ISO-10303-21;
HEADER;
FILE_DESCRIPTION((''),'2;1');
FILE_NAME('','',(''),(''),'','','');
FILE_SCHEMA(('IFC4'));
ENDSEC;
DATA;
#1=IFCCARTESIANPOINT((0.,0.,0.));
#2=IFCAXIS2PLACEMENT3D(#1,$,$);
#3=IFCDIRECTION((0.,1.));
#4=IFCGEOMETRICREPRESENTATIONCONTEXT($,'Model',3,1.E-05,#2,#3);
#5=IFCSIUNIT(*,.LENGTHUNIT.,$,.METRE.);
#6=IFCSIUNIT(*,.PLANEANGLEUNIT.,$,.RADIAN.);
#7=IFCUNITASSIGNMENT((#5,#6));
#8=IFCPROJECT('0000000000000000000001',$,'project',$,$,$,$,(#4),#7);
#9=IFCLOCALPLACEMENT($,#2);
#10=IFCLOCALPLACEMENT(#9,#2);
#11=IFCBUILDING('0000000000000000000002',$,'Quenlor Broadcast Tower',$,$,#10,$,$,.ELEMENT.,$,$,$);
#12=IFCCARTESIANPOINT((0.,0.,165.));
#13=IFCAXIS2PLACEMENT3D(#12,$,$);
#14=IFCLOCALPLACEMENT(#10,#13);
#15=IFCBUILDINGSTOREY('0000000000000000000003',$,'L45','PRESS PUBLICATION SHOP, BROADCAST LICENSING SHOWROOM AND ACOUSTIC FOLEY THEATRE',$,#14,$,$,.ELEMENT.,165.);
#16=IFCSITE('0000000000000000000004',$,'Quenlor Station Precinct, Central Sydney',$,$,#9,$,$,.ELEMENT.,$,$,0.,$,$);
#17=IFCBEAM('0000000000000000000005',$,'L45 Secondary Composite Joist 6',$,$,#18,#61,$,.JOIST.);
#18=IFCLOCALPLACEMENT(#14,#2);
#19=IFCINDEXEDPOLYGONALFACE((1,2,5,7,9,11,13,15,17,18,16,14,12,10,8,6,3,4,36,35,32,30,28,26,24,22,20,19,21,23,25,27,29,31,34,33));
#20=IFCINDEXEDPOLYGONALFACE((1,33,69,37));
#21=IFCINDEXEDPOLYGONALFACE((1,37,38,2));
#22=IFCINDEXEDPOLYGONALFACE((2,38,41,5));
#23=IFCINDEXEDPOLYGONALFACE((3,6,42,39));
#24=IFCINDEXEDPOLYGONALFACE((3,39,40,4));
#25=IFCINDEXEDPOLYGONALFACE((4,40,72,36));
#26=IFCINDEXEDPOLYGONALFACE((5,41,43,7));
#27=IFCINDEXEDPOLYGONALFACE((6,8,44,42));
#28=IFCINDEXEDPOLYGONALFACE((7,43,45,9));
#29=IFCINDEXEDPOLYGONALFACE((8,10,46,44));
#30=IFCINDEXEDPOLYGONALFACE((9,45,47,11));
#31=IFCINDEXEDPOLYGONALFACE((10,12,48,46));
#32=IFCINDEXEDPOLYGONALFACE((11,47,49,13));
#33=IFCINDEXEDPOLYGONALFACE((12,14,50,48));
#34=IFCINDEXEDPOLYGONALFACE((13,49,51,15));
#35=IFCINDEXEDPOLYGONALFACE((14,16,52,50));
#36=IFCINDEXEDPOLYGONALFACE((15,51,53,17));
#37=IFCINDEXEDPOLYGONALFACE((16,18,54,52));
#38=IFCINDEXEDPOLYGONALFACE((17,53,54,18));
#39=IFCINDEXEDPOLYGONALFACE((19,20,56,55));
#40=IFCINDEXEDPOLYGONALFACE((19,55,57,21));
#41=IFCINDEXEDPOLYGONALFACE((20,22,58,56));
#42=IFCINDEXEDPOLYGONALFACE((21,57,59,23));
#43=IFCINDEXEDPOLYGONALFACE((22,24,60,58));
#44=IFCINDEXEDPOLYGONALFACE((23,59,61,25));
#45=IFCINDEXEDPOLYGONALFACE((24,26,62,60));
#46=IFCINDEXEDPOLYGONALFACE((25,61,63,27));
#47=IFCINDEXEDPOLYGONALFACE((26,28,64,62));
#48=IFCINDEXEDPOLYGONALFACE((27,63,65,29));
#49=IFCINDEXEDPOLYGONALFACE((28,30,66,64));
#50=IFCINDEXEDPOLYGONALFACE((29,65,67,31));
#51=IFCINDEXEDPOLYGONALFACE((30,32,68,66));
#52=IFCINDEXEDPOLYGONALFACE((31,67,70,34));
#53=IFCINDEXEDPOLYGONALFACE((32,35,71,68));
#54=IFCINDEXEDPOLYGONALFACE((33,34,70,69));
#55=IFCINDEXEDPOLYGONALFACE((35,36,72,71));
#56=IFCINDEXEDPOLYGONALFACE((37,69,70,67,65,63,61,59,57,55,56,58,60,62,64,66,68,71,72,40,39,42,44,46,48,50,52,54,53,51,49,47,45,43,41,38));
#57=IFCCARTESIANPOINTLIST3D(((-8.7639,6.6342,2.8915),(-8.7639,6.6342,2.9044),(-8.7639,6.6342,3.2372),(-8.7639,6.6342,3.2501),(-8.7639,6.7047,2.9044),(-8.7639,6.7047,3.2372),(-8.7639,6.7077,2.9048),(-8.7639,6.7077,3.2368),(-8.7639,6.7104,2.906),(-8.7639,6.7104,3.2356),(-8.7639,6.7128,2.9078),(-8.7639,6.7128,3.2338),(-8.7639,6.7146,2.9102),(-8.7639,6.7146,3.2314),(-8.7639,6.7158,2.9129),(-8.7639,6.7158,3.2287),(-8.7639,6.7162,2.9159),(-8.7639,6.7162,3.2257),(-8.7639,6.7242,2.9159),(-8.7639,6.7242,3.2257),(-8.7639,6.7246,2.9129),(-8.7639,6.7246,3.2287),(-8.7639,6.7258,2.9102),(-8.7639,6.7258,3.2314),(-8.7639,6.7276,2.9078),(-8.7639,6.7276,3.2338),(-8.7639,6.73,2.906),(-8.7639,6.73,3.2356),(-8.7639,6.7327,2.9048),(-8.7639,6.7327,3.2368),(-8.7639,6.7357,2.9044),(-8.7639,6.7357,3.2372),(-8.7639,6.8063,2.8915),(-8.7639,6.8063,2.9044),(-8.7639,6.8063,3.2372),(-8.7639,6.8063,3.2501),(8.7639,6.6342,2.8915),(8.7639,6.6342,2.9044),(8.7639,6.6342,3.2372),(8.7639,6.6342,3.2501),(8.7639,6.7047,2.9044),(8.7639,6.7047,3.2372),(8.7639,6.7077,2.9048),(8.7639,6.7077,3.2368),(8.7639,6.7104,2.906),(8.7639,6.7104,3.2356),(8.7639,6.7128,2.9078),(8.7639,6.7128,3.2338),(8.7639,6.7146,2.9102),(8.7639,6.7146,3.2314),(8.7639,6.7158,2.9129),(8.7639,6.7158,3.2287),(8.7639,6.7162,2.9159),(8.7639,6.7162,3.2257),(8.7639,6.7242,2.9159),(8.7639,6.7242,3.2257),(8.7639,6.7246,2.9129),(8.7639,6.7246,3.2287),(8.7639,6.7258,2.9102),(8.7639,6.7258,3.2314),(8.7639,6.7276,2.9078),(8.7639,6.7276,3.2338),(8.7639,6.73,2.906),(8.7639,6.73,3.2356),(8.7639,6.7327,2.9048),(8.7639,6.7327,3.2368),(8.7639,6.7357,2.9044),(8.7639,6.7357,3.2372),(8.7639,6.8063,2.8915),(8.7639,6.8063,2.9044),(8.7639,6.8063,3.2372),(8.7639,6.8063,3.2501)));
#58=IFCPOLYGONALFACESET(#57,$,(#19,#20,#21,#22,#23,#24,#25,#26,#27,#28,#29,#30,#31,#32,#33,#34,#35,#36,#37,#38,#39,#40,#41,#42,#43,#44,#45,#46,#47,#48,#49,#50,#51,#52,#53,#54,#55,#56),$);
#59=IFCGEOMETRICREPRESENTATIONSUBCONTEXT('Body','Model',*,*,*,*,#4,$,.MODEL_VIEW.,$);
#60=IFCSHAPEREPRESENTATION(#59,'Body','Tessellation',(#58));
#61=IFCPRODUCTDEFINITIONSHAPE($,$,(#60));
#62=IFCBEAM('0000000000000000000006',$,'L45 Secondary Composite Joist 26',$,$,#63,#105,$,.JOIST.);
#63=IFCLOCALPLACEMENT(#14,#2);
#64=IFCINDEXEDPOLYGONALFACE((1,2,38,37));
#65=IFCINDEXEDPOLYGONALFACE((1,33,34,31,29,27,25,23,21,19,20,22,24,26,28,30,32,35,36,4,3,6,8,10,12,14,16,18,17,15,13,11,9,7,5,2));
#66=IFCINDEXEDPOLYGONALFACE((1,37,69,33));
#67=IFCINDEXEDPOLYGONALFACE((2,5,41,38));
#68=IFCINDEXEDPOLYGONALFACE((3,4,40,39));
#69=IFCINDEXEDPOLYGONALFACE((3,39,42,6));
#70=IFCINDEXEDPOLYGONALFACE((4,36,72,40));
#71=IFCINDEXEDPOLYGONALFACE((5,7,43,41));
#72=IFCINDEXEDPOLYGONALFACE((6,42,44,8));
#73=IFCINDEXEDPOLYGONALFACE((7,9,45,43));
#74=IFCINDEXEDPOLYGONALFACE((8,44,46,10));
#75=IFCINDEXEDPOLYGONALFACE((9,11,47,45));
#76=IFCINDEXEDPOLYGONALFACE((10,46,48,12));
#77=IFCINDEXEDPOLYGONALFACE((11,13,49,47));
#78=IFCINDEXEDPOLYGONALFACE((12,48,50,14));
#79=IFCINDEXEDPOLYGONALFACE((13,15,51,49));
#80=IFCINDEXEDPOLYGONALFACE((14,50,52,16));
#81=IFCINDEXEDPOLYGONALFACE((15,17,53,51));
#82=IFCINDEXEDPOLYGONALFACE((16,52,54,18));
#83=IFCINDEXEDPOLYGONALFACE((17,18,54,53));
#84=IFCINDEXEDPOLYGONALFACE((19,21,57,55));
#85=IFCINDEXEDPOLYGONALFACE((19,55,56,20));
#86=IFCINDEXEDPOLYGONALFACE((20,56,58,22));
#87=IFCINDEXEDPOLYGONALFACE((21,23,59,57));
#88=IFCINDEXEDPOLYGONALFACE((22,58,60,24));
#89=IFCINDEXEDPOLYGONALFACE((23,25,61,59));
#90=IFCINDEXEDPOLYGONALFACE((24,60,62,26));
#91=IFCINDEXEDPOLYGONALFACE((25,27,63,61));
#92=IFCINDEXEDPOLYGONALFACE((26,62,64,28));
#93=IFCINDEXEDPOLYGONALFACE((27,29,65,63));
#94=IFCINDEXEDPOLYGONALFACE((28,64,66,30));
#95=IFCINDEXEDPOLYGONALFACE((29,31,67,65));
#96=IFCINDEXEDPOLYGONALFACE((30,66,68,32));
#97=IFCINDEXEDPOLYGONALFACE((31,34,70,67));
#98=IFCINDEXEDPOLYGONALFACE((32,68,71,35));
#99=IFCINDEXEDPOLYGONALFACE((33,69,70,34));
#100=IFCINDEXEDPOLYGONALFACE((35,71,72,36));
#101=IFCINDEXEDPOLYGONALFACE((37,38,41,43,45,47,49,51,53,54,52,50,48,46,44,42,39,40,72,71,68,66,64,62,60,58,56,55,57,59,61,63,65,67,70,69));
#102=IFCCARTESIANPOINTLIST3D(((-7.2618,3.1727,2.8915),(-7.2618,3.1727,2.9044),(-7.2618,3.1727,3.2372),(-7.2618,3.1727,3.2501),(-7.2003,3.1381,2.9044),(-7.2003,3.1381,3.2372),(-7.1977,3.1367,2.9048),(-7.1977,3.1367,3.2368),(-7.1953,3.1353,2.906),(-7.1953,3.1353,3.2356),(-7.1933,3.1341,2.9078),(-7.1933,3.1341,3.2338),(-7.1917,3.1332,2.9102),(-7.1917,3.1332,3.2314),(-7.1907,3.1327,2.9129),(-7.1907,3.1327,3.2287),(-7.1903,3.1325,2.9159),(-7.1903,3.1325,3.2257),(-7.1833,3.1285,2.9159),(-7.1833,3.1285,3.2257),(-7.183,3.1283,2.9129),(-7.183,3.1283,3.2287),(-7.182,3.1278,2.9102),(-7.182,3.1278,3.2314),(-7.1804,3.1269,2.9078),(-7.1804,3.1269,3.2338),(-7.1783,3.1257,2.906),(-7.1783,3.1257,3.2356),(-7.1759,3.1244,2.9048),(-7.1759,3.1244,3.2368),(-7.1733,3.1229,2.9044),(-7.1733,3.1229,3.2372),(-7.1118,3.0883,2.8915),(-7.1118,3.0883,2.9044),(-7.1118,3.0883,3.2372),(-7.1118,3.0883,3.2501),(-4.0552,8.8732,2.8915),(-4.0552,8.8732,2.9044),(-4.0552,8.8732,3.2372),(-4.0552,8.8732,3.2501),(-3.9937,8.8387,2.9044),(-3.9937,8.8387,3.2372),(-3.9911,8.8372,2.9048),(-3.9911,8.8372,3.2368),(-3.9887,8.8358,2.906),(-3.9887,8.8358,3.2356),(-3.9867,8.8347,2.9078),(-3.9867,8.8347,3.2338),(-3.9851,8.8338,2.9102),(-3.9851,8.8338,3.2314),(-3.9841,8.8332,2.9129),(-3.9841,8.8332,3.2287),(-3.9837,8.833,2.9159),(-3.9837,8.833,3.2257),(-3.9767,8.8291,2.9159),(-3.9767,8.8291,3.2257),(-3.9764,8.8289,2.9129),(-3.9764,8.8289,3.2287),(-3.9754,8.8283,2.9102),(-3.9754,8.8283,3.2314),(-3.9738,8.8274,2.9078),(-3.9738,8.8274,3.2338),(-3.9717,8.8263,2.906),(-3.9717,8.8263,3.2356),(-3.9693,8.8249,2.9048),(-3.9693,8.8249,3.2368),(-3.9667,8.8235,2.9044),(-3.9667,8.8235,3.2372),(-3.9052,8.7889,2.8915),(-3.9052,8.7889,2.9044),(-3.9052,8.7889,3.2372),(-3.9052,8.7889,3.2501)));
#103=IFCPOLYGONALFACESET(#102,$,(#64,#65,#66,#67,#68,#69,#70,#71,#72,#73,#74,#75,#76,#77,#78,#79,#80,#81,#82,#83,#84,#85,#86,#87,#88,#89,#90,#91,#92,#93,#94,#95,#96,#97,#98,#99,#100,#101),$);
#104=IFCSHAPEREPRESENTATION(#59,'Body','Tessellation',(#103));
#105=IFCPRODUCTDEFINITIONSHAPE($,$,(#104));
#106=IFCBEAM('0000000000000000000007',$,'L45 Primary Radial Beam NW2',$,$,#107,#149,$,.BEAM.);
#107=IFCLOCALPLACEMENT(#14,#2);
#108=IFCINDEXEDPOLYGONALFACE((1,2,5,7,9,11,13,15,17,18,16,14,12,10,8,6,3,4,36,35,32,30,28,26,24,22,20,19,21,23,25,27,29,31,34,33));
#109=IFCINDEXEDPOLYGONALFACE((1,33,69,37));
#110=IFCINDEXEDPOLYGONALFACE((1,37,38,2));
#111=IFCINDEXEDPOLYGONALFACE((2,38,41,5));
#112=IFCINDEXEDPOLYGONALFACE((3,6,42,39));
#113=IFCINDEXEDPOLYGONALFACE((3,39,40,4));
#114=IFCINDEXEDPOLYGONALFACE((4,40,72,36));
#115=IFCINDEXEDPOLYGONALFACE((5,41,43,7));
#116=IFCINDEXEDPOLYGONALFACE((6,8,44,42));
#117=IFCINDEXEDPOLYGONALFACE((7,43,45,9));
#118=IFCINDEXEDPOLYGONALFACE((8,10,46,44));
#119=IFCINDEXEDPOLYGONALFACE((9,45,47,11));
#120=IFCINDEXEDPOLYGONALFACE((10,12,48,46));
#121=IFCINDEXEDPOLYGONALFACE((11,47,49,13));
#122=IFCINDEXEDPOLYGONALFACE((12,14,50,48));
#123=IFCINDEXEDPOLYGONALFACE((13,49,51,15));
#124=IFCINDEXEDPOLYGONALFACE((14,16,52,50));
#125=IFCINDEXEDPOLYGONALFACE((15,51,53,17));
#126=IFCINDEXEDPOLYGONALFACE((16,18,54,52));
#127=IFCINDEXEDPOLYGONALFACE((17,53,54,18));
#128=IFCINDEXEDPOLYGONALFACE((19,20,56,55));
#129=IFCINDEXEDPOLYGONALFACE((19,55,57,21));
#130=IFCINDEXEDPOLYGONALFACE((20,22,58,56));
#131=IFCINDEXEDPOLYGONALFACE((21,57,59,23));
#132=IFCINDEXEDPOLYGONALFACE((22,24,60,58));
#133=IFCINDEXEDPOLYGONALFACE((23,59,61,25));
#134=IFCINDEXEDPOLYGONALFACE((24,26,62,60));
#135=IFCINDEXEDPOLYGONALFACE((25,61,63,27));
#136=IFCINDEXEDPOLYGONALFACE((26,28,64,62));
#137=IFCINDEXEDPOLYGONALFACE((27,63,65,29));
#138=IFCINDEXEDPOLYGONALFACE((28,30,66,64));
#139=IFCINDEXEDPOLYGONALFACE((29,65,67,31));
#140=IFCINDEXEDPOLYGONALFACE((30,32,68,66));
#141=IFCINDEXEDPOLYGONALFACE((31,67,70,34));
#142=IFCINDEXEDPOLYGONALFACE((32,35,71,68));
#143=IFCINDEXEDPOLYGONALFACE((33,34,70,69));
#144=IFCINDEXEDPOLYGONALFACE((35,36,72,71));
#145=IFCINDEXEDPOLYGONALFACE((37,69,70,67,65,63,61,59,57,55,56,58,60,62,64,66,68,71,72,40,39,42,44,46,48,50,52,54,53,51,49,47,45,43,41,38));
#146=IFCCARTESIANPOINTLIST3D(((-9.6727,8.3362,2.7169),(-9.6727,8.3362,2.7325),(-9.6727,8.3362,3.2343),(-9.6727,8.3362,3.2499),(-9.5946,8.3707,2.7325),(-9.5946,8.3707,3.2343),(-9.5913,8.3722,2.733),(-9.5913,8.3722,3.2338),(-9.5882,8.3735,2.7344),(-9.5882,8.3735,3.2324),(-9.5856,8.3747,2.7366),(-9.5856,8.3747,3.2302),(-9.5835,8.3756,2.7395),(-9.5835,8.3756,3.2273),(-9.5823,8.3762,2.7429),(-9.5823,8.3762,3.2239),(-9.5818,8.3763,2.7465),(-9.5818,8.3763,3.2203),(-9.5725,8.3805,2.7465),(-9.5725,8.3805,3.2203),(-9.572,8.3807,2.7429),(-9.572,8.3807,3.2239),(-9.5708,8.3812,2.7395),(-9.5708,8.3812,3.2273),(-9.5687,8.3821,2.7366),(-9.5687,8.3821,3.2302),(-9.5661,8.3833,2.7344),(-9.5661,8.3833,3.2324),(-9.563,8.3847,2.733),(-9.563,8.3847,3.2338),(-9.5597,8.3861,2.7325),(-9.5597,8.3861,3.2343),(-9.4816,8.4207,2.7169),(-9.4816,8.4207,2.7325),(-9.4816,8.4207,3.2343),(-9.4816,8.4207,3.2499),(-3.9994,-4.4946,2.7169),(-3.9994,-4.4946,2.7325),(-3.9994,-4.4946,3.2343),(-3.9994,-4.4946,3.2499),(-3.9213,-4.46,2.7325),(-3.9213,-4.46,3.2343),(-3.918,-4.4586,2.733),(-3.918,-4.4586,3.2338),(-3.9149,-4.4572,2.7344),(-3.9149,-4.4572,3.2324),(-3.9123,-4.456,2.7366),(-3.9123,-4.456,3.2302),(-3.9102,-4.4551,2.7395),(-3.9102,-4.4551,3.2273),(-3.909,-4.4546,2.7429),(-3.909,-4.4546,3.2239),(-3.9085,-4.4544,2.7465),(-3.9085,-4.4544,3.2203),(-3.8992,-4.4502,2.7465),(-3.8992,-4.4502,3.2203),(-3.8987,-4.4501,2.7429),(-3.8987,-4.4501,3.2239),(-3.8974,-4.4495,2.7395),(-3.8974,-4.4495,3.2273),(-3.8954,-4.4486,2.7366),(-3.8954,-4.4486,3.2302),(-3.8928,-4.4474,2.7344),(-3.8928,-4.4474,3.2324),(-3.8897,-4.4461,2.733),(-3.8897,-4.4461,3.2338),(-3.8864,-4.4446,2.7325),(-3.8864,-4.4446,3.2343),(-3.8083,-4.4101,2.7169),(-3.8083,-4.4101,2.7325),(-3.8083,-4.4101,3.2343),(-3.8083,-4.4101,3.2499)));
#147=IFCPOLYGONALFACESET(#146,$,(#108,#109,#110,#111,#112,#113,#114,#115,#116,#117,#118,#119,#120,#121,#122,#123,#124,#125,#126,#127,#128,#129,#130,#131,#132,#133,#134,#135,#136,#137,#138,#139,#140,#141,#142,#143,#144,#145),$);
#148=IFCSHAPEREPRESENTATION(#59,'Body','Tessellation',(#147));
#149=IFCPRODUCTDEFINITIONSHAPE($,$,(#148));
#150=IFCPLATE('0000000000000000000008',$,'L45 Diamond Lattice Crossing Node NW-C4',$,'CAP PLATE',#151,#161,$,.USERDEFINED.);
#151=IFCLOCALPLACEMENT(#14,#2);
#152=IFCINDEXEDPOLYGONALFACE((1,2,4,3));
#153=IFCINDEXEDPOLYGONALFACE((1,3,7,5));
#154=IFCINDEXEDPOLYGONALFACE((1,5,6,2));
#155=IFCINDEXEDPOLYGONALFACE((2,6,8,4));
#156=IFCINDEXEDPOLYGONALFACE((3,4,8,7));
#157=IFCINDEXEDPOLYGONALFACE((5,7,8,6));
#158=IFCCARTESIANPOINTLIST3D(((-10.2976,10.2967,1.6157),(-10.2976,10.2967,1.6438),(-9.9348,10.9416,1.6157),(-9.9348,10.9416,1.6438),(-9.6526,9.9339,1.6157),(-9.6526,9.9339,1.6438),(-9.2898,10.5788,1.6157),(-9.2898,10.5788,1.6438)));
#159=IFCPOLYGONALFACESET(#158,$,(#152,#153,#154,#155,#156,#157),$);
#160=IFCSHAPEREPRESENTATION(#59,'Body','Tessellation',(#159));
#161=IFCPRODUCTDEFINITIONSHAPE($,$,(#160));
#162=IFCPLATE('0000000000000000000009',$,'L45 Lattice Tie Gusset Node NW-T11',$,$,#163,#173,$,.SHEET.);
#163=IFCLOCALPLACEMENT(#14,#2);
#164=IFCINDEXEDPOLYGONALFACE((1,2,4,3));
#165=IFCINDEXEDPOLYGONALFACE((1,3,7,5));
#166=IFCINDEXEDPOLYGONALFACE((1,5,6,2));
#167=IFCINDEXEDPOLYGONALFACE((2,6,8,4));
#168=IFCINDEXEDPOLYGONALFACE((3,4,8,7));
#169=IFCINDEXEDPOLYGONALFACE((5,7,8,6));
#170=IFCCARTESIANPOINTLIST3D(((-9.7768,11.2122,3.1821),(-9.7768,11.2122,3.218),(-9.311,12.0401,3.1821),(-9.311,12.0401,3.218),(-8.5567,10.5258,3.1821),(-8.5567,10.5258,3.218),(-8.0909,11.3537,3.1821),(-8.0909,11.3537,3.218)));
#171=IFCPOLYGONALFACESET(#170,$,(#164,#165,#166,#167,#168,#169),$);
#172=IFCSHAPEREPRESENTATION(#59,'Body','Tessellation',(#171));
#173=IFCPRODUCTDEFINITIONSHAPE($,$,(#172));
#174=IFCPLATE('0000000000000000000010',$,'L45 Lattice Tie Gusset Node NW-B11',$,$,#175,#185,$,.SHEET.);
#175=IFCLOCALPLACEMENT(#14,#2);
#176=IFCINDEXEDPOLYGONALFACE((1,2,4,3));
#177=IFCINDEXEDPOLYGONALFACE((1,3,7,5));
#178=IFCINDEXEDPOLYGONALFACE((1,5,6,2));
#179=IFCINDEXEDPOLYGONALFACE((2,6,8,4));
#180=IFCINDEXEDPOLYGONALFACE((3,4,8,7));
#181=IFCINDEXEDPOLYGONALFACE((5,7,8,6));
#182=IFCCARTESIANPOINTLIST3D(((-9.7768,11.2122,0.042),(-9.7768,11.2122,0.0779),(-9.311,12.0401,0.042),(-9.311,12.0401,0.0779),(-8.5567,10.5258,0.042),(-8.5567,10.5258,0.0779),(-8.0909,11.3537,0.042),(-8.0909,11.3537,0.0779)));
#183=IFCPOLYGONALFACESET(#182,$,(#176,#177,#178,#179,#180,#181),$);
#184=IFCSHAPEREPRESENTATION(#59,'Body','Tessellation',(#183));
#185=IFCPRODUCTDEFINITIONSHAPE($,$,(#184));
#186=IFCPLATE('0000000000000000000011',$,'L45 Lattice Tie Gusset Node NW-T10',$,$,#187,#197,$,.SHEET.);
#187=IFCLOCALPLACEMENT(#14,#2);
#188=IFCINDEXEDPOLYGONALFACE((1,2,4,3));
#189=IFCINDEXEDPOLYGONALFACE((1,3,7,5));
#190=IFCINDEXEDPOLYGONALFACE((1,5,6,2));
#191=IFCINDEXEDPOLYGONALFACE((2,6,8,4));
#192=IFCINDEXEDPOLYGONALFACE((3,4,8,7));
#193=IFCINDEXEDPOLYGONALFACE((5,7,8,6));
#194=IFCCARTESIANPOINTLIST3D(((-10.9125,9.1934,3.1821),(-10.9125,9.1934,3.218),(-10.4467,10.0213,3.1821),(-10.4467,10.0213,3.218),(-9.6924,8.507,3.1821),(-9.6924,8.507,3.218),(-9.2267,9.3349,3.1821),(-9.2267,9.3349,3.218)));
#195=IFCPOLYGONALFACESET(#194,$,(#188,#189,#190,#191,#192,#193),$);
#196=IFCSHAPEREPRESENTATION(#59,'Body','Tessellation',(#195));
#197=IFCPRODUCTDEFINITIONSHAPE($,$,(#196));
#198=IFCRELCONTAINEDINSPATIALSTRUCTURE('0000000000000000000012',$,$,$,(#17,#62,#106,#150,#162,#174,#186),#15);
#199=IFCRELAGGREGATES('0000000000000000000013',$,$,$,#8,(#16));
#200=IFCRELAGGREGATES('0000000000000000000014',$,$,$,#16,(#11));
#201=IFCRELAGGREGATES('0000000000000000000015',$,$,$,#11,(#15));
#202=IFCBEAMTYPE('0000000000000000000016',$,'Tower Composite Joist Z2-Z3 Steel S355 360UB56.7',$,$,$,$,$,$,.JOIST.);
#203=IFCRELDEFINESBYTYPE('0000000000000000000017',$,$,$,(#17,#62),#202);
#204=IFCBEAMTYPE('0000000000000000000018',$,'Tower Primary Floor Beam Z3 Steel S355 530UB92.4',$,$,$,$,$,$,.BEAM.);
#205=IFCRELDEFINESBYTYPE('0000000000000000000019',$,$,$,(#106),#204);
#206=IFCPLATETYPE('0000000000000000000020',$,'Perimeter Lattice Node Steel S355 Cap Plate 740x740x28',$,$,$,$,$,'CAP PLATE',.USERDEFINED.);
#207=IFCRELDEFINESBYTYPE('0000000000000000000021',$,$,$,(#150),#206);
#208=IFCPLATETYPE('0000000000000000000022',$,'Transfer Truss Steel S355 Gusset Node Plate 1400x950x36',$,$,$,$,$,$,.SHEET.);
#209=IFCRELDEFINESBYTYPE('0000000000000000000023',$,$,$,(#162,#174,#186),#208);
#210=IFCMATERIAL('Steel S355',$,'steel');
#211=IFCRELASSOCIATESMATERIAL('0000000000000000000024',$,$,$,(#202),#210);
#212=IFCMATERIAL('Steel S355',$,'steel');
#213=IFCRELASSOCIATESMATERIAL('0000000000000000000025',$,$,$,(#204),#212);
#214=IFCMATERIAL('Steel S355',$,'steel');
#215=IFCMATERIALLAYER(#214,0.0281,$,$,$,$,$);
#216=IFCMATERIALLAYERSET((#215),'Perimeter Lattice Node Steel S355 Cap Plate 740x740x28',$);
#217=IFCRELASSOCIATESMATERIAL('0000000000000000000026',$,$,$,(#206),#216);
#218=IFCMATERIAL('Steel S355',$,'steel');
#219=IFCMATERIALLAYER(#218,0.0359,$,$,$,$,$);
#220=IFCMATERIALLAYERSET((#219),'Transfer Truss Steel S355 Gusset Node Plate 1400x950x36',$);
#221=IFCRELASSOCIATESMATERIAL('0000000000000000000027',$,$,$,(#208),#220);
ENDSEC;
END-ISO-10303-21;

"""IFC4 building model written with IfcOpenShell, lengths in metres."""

from ifc_helpers import new_model, si_unit, direction, frame, origin, origin_2d, place, context, subcontext, project, spatial, rectangle, i_section, extrude, material, layer, layer_set, material_profile, profile_set, type_object, element, save


model = new_model("IFC4")

# Units and contexts
model_context = context("Model", 3, precision=1e-05, world=origin(), true_north=direction((0.0, 1.0)))
body_context = subcontext(model_context, "Body", "Model", "MODEL_VIEW")
ifc_project = project(units=[si_unit("LENGTHUNIT", "METRE"), si_unit("PLANEANGLEUNIT", "RADIAN")], contexts=[model_context])

# Site, building, storey
site_placement = place(None, origin())
site = spatial("IfcSite", under=ifc_project, at=site_placement, Name="Quenlor Station Precinct, Central Sydney", CompositionType="ELEMENT", RefElevation=0.0)
building_placement = place(site_placement, origin())
building = spatial("IfcBuilding", under=site, at=building_placement, Name="Quenlor Broadcast Tower", CompositionType="ELEMENT")
storey_placement = place(building_placement, frame((0.0, 0.0, 165.0)))
storey = spatial("IfcBuildingStorey", under=building, at=storey_placement, Name="L45", Description="PRESS PUBLICATION SHOP, BROADCAST LICENSING SHOWROOM AND ACOUSTIC FOLEY THEATRE", CompositionType="ELEMENT", Elevation=165.0)

# Beams
ifc_material_1 = material(Name="Steel S355", Category="steel")
ifc_material_profile_1 = material_profile(ifc_material_1, i_section(OverallWidth=0.1721, OverallDepth=0.3586, WebThickness=0.0081, FlangeThickness=0.0129, FilletRadius=0.0115, at=origin_2d()))
ifc_profile_set_1 = profile_set([ifc_material_profile_1], Name="Steel S355 360UB56.7")
beam_type_1 = type_object("IfcBeamType", Name="Tower Composite Joist Z2-Z3 Steel S355 360UB56.7", PredefinedType="JOIST", material=ifc_profile_set_1)
beam_1_placement = place(storey_placement, frame((-8.7639, 6.7202, 3.0708), z_axis=(1.0, 0.0, 0.0), x_axis=(0.0, 1.0, 0.0)))
element("IfcBeam", 1, at=beam_1_placement, inside=storey, type_object=beam_type_1, Name="L45 Secondary Composite Joist 6", PredefinedType="JOIST", context=body_context, shape_type="SweptSolid", body=[
    extrude(i_section(OverallWidth=0.1721, OverallDepth=0.3586, WebThickness=0.0081, FlangeThickness=0.0129, FilletRadius=0.0115, at=origin_2d()), origin(), (0.0, 0.0, 1.0), 17.5278),
])
beam_2_placement = place(storey_placement, frame((-3.9802, 8.8311, 3.0708), z_axis=(-0.490267, -0.871573, 0.0), x_axis=(0.871573, -0.490267, 0.0)))
element("IfcBeam", 2, at=beam_2_placement, inside=storey, type_object=beam_type_1, Name="L45 Secondary Composite Joist 26", PredefinedType="JOIST", context=body_context, shape_type="SweptSolid", body=[
    extrude(i_section(OverallWidth=0.1721, OverallDepth=0.3586, WebThickness=0.0081, FlangeThickness=0.0129, FilletRadius=0.0115, at=origin_2d()), origin(), (0.0, 0.0, 1.0), 6.5405),
])
ifc_material_2 = material(Name="Steel S355", Category="steel")
ifc_material_profile_2 = material_profile(ifc_material_2, i_section(OverallWidth=0.209, OverallDepth=0.533, WebThickness=0.0103, FlangeThickness=0.0156, FilletRadius=0.0139, at=origin_2d()))
ifc_profile_set_2 = profile_set([ifc_material_profile_2], Name="Steel S355 530UB92.4")
beam_type_2 = type_object("IfcBeamType", Name="Tower Primary Floor Beam Z3 Steel S355 530UB92.4", PredefinedType="BEAM", material=ifc_profile_set_2)
beam_3_placement = place(storey_placement, frame((-9.5771, 8.3784, 2.9834), z_axis=(0.404397, -0.914583, 0.0), x_axis=(0.914583, 0.404397, 0.0)))
element("IfcBeam", 3, at=beam_3_placement, inside=storey, type_object=beam_type_2, Name="L45 Primary Radial Beam NW2", PredefinedType="BEAM", context=body_context, shape_type="SweptSolid", body=[
    extrude(i_section(OverallWidth=0.209, OverallDepth=0.533, WebThickness=0.0103, FlangeThickness=0.0156, FilletRadius=0.0139, at=origin_2d()), origin(), (0.0, 0.0, 1.0), 14.0291),
])

# Plates
ifc_material_3 = material(Name="Steel S355", Category="steel")
ifc_layer_1 = layer(ifc_material_3, 0.0281)
ifc_layer_set_1 = layer_set([ifc_layer_1], Name="Perimeter Lattice Node Steel S355 Cap Plate 740x740x28")
plate_type_1 = type_object("IfcPlateType", Name="Perimeter Lattice Node Steel S355 Cap Plate 740x740x28", ElementType="CAP PLATE", PredefinedType="USERDEFINED", material=ifc_layer_set_1)
plate_placement = place(storey_placement, frame((-9.7937, 10.4377, 1.6157), z_axis=(0.0, 0.0, 1.0), x_axis=(0.490295, 0.871556, 0.0)))
element("IfcPlate", 4, at=plate_placement, inside=storey, type_object=plate_type_1, Name="L45 Diamond Lattice Crossing Node NW-C4", ObjectType="CAP PLATE", PredefinedType="USERDEFINED", context=body_context, shape_type="SweptSolid", body=[
    extrude(rectangle(XDim=0.74, YDim=0.74, at=origin_2d()), origin(), (0.0, 0.0, 1.0), 0.0281),
])
ifc_material_4 = material(Name="Steel S355", Category="steel")
ifc_layer_2 = layer(ifc_material_4, 0.0359)
ifc_layer_set_2 = layer_set([ifc_layer_2], Name="Transfer Truss Steel S355 Gusset Node Plate 1400x950x36")
plate_type_2 = type_object("IfcPlateType", Name="Transfer Truss Steel S355 Gusset Node Plate 1400x950x36", PredefinedType="SHEET", material=ifc_layer_set_2)
for number, where, z_axis, x_axis, name in (
    (5, (-8.9338, 11.283, 3.1821), (0.0, 0.0, 1.0), (-0.871556, 0.490295, 0.0), "L45 Lattice Tie Gusset Node NW-T11"),
    (6, (-8.9338, 11.283, 0.042), (0.0, 0.0, 1.0), (-0.871556, 0.490295, 0.0), "L45 Lattice Tie Gusset Node NW-B11"),
    (7, (-10.0696, 9.2642, 3.1821), (0.0, 0.0, 1.0), (-0.871556, 0.490295, 0.0), "L45 Lattice Tie Gusset Node NW-T10"),
):
    element("IfcPlate", number, at=place(storey_placement, frame(where, z_axis=z_axis, x_axis=x_axis)), inside=storey, type_object=plate_type_2, Name=name, PredefinedType="SHEET", context=body_context, shape_type="SweptSolid", body=[
        extrude(rectangle(XDim=1.3999, YDim=0.95, at=origin_2d()), origin(), (0.0, 0.0, 1.0), 0.0359),
    ])

save(model, "model.ifc")
